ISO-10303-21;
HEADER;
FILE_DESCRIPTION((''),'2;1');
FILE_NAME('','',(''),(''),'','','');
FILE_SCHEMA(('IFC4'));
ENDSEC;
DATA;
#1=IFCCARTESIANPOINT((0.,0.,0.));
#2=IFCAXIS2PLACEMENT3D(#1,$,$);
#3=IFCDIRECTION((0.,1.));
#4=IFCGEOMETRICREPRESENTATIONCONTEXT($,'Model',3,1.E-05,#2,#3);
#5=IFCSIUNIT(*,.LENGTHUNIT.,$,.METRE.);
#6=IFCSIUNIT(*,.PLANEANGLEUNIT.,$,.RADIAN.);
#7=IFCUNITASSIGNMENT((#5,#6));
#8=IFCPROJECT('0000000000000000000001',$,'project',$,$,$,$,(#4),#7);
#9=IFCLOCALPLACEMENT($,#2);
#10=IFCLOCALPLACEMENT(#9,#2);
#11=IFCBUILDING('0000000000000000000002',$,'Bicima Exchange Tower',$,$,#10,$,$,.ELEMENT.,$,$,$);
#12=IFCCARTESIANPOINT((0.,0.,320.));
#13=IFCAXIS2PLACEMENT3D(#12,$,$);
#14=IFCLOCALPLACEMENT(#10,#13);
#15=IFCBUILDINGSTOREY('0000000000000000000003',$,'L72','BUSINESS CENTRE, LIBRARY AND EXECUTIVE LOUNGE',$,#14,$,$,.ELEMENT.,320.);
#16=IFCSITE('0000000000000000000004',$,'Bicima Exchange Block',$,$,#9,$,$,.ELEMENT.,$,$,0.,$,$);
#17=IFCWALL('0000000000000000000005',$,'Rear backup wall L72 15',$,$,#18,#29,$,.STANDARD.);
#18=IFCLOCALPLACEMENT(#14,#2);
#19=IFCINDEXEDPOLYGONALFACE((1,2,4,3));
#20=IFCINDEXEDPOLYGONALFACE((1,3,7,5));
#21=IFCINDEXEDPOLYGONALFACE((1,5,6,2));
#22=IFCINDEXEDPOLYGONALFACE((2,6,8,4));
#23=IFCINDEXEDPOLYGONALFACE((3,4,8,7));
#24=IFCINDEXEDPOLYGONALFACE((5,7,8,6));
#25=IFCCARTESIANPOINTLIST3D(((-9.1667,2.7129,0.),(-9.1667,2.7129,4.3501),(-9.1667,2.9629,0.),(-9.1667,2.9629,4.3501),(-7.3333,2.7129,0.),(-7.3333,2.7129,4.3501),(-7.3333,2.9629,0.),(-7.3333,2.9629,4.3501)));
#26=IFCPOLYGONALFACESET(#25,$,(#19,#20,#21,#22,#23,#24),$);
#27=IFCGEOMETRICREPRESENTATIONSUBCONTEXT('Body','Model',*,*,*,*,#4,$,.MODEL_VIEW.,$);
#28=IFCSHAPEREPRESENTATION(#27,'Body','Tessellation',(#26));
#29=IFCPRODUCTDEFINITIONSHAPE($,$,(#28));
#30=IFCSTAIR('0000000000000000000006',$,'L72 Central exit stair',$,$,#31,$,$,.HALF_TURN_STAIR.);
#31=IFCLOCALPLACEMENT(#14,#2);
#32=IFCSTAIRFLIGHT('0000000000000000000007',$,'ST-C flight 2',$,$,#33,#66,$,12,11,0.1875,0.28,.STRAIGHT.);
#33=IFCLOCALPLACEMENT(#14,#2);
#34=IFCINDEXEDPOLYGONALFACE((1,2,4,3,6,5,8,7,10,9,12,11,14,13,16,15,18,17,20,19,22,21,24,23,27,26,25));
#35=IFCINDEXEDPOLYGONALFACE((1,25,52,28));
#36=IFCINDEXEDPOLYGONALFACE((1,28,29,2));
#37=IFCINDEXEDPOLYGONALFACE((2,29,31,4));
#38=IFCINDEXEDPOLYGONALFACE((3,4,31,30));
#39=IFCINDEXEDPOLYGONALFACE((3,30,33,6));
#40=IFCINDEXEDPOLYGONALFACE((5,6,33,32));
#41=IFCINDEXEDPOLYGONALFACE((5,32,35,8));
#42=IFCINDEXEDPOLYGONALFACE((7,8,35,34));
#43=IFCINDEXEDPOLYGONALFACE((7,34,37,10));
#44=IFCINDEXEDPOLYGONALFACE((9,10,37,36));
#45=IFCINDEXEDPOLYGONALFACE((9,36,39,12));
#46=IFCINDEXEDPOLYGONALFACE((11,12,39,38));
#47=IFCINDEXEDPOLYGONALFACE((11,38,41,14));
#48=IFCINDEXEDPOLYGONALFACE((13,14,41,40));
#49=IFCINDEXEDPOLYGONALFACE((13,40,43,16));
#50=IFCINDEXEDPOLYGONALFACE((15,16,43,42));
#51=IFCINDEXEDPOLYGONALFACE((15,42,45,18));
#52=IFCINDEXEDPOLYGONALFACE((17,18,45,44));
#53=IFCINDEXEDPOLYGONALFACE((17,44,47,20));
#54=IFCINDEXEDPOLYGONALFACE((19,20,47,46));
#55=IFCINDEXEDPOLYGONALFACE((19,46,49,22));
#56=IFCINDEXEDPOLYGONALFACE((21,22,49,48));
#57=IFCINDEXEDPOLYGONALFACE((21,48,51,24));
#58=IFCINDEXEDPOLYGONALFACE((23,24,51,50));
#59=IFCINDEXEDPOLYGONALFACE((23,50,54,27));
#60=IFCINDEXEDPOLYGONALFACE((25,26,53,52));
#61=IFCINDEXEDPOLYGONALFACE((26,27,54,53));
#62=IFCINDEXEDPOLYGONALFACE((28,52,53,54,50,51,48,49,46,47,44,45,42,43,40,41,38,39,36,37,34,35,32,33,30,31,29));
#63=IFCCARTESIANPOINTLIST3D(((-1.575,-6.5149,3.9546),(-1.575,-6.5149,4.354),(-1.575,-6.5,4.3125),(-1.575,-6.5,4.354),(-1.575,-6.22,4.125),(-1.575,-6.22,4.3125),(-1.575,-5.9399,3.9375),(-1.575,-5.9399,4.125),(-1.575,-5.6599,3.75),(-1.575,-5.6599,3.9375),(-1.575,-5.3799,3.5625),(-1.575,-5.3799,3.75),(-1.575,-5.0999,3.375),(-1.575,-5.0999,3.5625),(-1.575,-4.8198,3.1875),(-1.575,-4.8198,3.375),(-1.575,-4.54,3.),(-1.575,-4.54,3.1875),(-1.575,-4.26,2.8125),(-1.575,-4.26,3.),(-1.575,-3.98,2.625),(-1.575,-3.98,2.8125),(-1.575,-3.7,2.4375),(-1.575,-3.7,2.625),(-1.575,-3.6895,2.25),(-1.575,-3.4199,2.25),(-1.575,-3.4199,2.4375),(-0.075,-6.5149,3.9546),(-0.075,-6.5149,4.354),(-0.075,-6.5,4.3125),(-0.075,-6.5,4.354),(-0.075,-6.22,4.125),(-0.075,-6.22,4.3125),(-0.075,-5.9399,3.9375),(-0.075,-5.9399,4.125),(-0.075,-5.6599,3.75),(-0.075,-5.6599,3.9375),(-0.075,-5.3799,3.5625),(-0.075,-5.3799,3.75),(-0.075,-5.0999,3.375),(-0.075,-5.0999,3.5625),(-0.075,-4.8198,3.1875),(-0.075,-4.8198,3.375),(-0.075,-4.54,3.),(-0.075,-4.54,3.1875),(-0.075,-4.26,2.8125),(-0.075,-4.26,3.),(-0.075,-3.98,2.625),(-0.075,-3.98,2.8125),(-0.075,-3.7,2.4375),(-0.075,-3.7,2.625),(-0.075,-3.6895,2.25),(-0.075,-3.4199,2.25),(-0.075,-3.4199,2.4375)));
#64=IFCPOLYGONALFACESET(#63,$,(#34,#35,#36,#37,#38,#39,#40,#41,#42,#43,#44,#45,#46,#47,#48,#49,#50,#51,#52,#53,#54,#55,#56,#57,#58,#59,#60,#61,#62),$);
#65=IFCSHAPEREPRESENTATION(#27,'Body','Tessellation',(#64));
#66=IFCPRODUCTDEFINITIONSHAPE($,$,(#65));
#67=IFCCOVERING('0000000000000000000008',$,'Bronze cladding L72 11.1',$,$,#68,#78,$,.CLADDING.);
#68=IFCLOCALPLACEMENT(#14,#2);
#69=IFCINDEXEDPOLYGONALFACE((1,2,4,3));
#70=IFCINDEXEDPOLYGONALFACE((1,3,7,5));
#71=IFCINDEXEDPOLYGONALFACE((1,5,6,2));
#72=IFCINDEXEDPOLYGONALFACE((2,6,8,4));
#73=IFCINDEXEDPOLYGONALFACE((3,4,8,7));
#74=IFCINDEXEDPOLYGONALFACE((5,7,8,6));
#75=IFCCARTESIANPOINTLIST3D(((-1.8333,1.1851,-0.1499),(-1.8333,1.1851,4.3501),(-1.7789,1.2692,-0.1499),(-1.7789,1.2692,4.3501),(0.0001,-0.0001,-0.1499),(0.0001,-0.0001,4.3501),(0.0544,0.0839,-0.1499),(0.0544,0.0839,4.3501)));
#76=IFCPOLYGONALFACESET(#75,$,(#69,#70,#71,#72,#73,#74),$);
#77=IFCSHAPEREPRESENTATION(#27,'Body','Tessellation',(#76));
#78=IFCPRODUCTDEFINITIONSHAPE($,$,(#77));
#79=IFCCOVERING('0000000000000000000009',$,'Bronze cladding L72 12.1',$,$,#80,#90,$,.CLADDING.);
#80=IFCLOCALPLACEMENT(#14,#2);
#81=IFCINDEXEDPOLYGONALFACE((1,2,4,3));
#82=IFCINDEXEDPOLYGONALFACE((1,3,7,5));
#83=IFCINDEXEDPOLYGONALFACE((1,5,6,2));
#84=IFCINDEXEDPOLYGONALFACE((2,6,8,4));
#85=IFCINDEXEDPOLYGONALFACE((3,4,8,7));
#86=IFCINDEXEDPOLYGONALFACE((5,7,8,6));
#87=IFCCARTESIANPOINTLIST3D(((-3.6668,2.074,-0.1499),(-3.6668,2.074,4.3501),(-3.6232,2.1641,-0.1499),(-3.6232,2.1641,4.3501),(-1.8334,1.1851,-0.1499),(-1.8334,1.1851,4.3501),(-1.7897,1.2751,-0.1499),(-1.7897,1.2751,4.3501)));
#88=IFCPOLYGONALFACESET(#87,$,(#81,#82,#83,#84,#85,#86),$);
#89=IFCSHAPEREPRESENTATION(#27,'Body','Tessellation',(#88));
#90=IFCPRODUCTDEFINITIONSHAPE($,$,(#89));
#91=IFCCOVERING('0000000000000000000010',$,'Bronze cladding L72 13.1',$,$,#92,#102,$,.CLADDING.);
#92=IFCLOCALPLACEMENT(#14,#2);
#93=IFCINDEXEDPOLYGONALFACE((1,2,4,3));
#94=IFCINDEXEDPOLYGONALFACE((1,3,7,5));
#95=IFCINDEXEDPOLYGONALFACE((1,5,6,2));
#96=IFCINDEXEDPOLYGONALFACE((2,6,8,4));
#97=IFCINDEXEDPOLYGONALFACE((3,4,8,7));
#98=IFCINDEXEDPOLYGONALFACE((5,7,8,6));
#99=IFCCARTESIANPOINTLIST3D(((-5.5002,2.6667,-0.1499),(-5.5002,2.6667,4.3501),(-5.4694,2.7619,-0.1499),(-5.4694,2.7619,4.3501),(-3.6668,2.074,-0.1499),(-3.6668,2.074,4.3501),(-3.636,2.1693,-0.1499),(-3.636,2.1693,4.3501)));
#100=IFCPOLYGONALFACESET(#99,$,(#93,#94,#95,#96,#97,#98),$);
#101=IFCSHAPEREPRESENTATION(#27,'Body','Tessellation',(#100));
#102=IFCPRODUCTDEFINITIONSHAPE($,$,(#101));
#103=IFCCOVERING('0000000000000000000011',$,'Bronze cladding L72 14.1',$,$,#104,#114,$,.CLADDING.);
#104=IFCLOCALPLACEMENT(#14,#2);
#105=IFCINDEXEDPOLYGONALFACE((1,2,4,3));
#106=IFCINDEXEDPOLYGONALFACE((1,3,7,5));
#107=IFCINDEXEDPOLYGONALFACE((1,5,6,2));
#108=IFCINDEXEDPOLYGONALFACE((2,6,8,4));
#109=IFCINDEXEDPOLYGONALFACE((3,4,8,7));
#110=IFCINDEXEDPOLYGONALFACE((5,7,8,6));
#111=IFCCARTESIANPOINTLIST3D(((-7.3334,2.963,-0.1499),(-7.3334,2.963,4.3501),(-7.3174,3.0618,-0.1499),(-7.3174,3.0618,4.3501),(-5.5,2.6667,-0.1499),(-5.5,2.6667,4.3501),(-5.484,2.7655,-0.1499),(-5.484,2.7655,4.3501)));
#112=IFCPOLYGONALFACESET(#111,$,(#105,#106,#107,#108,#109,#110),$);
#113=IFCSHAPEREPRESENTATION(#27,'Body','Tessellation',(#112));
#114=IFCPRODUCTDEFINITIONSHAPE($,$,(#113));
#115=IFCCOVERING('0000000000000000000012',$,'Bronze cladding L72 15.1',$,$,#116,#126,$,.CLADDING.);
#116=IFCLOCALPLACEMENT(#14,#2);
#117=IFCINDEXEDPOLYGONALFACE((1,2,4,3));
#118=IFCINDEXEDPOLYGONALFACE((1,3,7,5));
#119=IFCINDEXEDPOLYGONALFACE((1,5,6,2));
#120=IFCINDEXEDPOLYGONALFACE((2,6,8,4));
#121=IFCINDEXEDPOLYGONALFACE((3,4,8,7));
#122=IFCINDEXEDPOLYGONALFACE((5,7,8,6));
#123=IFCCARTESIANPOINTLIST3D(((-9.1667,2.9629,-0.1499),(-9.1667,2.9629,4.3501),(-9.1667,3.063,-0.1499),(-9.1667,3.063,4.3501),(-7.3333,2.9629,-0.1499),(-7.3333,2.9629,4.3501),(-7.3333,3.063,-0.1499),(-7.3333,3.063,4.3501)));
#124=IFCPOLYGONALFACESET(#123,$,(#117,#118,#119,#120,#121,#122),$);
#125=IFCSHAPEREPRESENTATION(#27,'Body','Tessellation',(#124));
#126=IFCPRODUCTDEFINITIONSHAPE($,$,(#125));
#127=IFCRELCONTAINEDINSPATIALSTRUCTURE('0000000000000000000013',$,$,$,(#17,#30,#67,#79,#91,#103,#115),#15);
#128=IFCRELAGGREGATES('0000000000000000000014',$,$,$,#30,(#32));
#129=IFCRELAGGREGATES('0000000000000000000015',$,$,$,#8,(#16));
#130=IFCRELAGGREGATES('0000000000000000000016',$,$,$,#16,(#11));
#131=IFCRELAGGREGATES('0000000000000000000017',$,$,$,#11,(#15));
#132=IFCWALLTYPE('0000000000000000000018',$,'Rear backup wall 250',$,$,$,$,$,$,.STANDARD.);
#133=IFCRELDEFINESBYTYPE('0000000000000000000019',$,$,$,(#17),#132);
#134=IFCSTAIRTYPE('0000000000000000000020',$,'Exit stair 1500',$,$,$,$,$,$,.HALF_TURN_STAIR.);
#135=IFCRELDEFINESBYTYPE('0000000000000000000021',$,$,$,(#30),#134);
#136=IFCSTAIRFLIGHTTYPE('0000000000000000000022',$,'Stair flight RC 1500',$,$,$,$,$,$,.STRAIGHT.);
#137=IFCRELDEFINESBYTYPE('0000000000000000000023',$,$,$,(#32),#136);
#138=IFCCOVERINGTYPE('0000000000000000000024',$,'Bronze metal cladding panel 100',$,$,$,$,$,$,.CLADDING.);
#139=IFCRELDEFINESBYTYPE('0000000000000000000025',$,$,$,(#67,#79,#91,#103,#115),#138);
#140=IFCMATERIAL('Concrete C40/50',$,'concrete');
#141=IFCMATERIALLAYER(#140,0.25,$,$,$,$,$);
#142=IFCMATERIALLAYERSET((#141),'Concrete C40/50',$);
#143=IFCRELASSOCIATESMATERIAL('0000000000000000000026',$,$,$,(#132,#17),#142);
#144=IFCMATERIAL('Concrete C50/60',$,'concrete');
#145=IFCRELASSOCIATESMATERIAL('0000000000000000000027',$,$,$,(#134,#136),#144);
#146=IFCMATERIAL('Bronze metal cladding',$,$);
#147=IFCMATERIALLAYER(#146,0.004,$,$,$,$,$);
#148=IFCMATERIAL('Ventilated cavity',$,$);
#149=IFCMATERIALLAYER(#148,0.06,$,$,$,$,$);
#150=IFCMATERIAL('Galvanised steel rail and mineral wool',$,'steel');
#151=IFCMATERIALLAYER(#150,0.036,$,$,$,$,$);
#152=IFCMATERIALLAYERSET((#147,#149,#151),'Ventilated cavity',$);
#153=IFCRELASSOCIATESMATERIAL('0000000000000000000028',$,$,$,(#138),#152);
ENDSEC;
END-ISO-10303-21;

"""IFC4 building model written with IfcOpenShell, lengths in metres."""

from ifc_helpers import new_model, si_unit, direction, frame, frame_2d, origin, origin_2d, place, context, subcontext, project, spatial, polyline, rectangle, outline, extrude, material, layer, layer_set, layer_usage, type_object, element, aggregate, save


model = new_model("IFC4")

# Units and contexts
model_context = context("Model", 3, precision=1e-05, world=origin(), true_north=direction((0.0, 1.0)))
body_context = subcontext(model_context, "Body", "Model", "MODEL_VIEW")
ifc_project = project(units=[si_unit("LENGTHUNIT", "METRE"), si_unit("PLANEANGLEUNIT", "RADIAN")], contexts=[model_context])

# Site, building, storey
site_placement = place(None, origin())
site = spatial("IfcSite", under=ifc_project, at=site_placement, Name="Bicima Exchange Block", CompositionType="ELEMENT", RefElevation=0.0)
building_placement = place(site_placement, origin())
building = spatial("IfcBuilding", under=site, at=building_placement, Name="Bicima Exchange Tower", CompositionType="ELEMENT")
storey_placement = place(building_placement, frame((0.0, 0.0, 320.0)))
storey = spatial("IfcBuildingStorey", under=building, at=storey_placement, Name="L72", Description="BUSINESS CENTRE, LIBRARY AND EXECUTIVE LOUNGE", CompositionType="ELEMENT", Elevation=320.0)

# Shared definitions
ifc_material_1 = material(Name="Concrete C40/50", Category="concrete")

# Shared definitions
ifc_material_2 = material(Name="Concrete C50/60", Category="concrete")

# Wall
ifc_layer_1 = layer(ifc_material_1, 0.25)
ifc_layer_set_1 = layer_set([ifc_layer_1], Name="Concrete C40/50")
ifc_layer_usage = layer_usage(ifc_layer_set_1, "AXIS2", "POSITIVE", -0.125)
wall_type_1 = type_object("IfcWallType", Name="Rear backup wall 250", PredefinedType="STANDARD", material=ifc_layer_set_1)
wall_1_placement = place(storey_placement, frame((-7.3333, 2.8379, 0.0), z_axis=(0.0, 0.0, 1.0), x_axis=(-1.0, 0.0, 0.0)))
element("IfcWall", 1, at=wall_1_placement, inside=storey, type_object=wall_type_1, material=ifc_layer_usage, Name="Rear backup wall L72 15", PredefinedType="STANDARD", context=body_context, shape_type="SweptSolid", body=[
    extrude(rectangle(XDim=1.8335, YDim=0.25, at=frame_2d((0.9167, 0.0))), origin(), (0.0, 0.0, 1.0), 4.3501),
])

# Stair, stair flight
stair_type = type_object("IfcStairType", Name="Exit stair 1500", PredefinedType="HALF_TURN_STAIR", material=ifc_material_2)
stair_placement = place(storey_placement, origin())
stair = element("IfcStair", 2, at=stair_placement, inside=storey, type_object=stair_type, Name="L72 Central exit stair", PredefinedType="HALF_TURN_STAIR")
stair_flight_type = type_object("IfcStairFlightType", Name="Stair flight RC 1500", PredefinedType="STRAIGHT", material=ifc_material_2)
stair_flight_placement = place(storey_placement, frame((-0.825, -3.4199, 2.25), z_axis=(0.0, 0.0, 1.0), x_axis=(0.0, -1.0, 0.0)))
stair_flight = element("IfcStairFlight", 3, at=stair_flight_placement, type_object=stair_flight_type, Name="ST-C flight 2", NumberOfRisers=12, NumberOfTreads=11, PredefinedType="STRAIGHT", RiserHeight=0.1875, TreadLength=0.28, context=body_context, shape_type="SweptSolid", body=[
    extrude(outline(polyline([(0.0, 0.0), (0.0, 0.1875), (0.28, 0.1875), (0.28, 0.375), (0.5601, 0.375), (0.5601, 0.5625), (0.8401, 0.5625), (0.8401, 0.75), (1.1201, 0.75), (1.1201, 0.9375), (1.3999, 0.9375), (1.3999, 1.125), (1.6799, 1.125), (1.6799, 1.3125), (1.96, 1.3125), (1.96, 1.5), (2.24, 1.5), (2.24, 1.6875), (2.52, 1.6875), (2.52, 1.875), (2.8, 1.875), (2.8, 2.0625), (3.0801, 2.0625), (3.0801, 2.104), (3.095, 2.104), (3.095, 1.7046), (0.2695, 0.0), (0.0, 0.0)])), frame((0.0, 0.75, 0.0), z_axis=(0.0, -1.0, 0.0), x_axis=(1.0, 0.0, 0.0)), (0.0, 0.0, 1.0), 1.5),
])
aggregate(stair, [stair_flight])

# Coverings
ifc_material_3 = material(Name="Bronze metal cladding")
ifc_layer_2 = layer(ifc_material_3, 0.004)
ifc_material_4 = material(Name="Ventilated cavity")
ifc_layer_3 = layer(ifc_material_4, 0.06)
ifc_material_5 = material(Name="Galvanised steel rail and mineral wool", Category="steel")
ifc_layer_4 = layer(ifc_material_5, 0.036)
ifc_layer_set_2 = layer_set([ifc_layer_2, ifc_layer_3, ifc_layer_4], Name="Ventilated cavity")
covering_type = type_object("IfcCoveringType", Name="Bronze metal cladding panel 100", PredefinedType="CLADDING", material=ifc_layer_set_2)
covering_1_placement = place(storey_placement, frame((-0.8894, 0.6345, -0.1499), z_axis=(0.0, 0.0, 1.0), x_axis=(-0.83979, 0.542911, 0.0)))
element("IfcCovering", 4, at=covering_1_placement, inside=storey, type_object=covering_type, Name="Bronze cladding L72 11.1", PredefinedType="CLADDING", context=body_context, shape_type="SweptSolid", body=[
    extrude(rectangle(XDim=2.1831, YDim=0.1001, at=origin_2d()), origin(), (0.0, 0.0, 1.0), 4.5),
])
covering_2_placement = place(storey_placement, frame((-2.7283, 1.6746, -0.1499), z_axis=(0.0, 0.0, 1.0), x_axis=(-0.899818, 0.436265, 0.0)))
element("IfcCovering", 5, at=covering_2_placement, inside=storey, type_object=covering_type, Name="Bronze cladding L72 12.1", PredefinedType="CLADDING", context=body_context, shape_type="SweptSolid", body=[
    extrude(rectangle(XDim=2.0376, YDim=0.1001, at=origin_2d()), origin(), (0.0, 0.0, 1.0), 4.5),
])
covering_3_placement = place(storey_placement, frame((-4.5681, 2.418, -0.1499), z_axis=(0.0, 0.0, 1.0), x_axis=(-0.951525, 0.307573, 0.0)))
element("IfcCovering", 6, at=covering_3_placement, inside=storey, type_object=covering_type, Name="Bronze cladding L72 13.1", PredefinedType="CLADDING", context=body_context, shape_type="SweptSolid", body=[
    extrude(rectangle(XDim=1.9268, YDim=0.1001, at=origin_2d()), origin(), (0.0, 0.0, 1.0), 4.5),
])
covering_4_placement = place(storey_placement, frame((-6.4087, 2.8643, -0.1499), z_axis=(0.0, 0.0, 1.0), x_axis=(-0.98719, 0.15955, 0.0)))
element("IfcCovering", 7, at=covering_4_placement, inside=storey, type_object=covering_type, Name="Bronze cladding L72 14.1", PredefinedType="CLADDING", context=body_context, shape_type="SweptSolid", body=[
    extrude(rectangle(XDim=1.8572, YDim=0.1001, at=origin_2d()), origin(), (0.0, 0.0, 1.0), 4.5),
])
covering_5_placement = place(storey_placement, frame((-8.25, 3.0129, -0.1499), z_axis=(0.0, 0.0, 1.0), x_axis=(-1.0, 0.0, 0.0)))
element("IfcCovering", 8, at=covering_5_placement, inside=storey, type_object=covering_type, Name="Bronze cladding L72 15.1", PredefinedType="CLADDING", context=body_context, shape_type="SweptSolid", body=[
    extrude(rectangle(XDim=1.8335, YDim=0.1001, at=origin_2d()), origin(), (0.0, 0.0, 1.0), 4.5),
])

save(model, "model.ifc")
